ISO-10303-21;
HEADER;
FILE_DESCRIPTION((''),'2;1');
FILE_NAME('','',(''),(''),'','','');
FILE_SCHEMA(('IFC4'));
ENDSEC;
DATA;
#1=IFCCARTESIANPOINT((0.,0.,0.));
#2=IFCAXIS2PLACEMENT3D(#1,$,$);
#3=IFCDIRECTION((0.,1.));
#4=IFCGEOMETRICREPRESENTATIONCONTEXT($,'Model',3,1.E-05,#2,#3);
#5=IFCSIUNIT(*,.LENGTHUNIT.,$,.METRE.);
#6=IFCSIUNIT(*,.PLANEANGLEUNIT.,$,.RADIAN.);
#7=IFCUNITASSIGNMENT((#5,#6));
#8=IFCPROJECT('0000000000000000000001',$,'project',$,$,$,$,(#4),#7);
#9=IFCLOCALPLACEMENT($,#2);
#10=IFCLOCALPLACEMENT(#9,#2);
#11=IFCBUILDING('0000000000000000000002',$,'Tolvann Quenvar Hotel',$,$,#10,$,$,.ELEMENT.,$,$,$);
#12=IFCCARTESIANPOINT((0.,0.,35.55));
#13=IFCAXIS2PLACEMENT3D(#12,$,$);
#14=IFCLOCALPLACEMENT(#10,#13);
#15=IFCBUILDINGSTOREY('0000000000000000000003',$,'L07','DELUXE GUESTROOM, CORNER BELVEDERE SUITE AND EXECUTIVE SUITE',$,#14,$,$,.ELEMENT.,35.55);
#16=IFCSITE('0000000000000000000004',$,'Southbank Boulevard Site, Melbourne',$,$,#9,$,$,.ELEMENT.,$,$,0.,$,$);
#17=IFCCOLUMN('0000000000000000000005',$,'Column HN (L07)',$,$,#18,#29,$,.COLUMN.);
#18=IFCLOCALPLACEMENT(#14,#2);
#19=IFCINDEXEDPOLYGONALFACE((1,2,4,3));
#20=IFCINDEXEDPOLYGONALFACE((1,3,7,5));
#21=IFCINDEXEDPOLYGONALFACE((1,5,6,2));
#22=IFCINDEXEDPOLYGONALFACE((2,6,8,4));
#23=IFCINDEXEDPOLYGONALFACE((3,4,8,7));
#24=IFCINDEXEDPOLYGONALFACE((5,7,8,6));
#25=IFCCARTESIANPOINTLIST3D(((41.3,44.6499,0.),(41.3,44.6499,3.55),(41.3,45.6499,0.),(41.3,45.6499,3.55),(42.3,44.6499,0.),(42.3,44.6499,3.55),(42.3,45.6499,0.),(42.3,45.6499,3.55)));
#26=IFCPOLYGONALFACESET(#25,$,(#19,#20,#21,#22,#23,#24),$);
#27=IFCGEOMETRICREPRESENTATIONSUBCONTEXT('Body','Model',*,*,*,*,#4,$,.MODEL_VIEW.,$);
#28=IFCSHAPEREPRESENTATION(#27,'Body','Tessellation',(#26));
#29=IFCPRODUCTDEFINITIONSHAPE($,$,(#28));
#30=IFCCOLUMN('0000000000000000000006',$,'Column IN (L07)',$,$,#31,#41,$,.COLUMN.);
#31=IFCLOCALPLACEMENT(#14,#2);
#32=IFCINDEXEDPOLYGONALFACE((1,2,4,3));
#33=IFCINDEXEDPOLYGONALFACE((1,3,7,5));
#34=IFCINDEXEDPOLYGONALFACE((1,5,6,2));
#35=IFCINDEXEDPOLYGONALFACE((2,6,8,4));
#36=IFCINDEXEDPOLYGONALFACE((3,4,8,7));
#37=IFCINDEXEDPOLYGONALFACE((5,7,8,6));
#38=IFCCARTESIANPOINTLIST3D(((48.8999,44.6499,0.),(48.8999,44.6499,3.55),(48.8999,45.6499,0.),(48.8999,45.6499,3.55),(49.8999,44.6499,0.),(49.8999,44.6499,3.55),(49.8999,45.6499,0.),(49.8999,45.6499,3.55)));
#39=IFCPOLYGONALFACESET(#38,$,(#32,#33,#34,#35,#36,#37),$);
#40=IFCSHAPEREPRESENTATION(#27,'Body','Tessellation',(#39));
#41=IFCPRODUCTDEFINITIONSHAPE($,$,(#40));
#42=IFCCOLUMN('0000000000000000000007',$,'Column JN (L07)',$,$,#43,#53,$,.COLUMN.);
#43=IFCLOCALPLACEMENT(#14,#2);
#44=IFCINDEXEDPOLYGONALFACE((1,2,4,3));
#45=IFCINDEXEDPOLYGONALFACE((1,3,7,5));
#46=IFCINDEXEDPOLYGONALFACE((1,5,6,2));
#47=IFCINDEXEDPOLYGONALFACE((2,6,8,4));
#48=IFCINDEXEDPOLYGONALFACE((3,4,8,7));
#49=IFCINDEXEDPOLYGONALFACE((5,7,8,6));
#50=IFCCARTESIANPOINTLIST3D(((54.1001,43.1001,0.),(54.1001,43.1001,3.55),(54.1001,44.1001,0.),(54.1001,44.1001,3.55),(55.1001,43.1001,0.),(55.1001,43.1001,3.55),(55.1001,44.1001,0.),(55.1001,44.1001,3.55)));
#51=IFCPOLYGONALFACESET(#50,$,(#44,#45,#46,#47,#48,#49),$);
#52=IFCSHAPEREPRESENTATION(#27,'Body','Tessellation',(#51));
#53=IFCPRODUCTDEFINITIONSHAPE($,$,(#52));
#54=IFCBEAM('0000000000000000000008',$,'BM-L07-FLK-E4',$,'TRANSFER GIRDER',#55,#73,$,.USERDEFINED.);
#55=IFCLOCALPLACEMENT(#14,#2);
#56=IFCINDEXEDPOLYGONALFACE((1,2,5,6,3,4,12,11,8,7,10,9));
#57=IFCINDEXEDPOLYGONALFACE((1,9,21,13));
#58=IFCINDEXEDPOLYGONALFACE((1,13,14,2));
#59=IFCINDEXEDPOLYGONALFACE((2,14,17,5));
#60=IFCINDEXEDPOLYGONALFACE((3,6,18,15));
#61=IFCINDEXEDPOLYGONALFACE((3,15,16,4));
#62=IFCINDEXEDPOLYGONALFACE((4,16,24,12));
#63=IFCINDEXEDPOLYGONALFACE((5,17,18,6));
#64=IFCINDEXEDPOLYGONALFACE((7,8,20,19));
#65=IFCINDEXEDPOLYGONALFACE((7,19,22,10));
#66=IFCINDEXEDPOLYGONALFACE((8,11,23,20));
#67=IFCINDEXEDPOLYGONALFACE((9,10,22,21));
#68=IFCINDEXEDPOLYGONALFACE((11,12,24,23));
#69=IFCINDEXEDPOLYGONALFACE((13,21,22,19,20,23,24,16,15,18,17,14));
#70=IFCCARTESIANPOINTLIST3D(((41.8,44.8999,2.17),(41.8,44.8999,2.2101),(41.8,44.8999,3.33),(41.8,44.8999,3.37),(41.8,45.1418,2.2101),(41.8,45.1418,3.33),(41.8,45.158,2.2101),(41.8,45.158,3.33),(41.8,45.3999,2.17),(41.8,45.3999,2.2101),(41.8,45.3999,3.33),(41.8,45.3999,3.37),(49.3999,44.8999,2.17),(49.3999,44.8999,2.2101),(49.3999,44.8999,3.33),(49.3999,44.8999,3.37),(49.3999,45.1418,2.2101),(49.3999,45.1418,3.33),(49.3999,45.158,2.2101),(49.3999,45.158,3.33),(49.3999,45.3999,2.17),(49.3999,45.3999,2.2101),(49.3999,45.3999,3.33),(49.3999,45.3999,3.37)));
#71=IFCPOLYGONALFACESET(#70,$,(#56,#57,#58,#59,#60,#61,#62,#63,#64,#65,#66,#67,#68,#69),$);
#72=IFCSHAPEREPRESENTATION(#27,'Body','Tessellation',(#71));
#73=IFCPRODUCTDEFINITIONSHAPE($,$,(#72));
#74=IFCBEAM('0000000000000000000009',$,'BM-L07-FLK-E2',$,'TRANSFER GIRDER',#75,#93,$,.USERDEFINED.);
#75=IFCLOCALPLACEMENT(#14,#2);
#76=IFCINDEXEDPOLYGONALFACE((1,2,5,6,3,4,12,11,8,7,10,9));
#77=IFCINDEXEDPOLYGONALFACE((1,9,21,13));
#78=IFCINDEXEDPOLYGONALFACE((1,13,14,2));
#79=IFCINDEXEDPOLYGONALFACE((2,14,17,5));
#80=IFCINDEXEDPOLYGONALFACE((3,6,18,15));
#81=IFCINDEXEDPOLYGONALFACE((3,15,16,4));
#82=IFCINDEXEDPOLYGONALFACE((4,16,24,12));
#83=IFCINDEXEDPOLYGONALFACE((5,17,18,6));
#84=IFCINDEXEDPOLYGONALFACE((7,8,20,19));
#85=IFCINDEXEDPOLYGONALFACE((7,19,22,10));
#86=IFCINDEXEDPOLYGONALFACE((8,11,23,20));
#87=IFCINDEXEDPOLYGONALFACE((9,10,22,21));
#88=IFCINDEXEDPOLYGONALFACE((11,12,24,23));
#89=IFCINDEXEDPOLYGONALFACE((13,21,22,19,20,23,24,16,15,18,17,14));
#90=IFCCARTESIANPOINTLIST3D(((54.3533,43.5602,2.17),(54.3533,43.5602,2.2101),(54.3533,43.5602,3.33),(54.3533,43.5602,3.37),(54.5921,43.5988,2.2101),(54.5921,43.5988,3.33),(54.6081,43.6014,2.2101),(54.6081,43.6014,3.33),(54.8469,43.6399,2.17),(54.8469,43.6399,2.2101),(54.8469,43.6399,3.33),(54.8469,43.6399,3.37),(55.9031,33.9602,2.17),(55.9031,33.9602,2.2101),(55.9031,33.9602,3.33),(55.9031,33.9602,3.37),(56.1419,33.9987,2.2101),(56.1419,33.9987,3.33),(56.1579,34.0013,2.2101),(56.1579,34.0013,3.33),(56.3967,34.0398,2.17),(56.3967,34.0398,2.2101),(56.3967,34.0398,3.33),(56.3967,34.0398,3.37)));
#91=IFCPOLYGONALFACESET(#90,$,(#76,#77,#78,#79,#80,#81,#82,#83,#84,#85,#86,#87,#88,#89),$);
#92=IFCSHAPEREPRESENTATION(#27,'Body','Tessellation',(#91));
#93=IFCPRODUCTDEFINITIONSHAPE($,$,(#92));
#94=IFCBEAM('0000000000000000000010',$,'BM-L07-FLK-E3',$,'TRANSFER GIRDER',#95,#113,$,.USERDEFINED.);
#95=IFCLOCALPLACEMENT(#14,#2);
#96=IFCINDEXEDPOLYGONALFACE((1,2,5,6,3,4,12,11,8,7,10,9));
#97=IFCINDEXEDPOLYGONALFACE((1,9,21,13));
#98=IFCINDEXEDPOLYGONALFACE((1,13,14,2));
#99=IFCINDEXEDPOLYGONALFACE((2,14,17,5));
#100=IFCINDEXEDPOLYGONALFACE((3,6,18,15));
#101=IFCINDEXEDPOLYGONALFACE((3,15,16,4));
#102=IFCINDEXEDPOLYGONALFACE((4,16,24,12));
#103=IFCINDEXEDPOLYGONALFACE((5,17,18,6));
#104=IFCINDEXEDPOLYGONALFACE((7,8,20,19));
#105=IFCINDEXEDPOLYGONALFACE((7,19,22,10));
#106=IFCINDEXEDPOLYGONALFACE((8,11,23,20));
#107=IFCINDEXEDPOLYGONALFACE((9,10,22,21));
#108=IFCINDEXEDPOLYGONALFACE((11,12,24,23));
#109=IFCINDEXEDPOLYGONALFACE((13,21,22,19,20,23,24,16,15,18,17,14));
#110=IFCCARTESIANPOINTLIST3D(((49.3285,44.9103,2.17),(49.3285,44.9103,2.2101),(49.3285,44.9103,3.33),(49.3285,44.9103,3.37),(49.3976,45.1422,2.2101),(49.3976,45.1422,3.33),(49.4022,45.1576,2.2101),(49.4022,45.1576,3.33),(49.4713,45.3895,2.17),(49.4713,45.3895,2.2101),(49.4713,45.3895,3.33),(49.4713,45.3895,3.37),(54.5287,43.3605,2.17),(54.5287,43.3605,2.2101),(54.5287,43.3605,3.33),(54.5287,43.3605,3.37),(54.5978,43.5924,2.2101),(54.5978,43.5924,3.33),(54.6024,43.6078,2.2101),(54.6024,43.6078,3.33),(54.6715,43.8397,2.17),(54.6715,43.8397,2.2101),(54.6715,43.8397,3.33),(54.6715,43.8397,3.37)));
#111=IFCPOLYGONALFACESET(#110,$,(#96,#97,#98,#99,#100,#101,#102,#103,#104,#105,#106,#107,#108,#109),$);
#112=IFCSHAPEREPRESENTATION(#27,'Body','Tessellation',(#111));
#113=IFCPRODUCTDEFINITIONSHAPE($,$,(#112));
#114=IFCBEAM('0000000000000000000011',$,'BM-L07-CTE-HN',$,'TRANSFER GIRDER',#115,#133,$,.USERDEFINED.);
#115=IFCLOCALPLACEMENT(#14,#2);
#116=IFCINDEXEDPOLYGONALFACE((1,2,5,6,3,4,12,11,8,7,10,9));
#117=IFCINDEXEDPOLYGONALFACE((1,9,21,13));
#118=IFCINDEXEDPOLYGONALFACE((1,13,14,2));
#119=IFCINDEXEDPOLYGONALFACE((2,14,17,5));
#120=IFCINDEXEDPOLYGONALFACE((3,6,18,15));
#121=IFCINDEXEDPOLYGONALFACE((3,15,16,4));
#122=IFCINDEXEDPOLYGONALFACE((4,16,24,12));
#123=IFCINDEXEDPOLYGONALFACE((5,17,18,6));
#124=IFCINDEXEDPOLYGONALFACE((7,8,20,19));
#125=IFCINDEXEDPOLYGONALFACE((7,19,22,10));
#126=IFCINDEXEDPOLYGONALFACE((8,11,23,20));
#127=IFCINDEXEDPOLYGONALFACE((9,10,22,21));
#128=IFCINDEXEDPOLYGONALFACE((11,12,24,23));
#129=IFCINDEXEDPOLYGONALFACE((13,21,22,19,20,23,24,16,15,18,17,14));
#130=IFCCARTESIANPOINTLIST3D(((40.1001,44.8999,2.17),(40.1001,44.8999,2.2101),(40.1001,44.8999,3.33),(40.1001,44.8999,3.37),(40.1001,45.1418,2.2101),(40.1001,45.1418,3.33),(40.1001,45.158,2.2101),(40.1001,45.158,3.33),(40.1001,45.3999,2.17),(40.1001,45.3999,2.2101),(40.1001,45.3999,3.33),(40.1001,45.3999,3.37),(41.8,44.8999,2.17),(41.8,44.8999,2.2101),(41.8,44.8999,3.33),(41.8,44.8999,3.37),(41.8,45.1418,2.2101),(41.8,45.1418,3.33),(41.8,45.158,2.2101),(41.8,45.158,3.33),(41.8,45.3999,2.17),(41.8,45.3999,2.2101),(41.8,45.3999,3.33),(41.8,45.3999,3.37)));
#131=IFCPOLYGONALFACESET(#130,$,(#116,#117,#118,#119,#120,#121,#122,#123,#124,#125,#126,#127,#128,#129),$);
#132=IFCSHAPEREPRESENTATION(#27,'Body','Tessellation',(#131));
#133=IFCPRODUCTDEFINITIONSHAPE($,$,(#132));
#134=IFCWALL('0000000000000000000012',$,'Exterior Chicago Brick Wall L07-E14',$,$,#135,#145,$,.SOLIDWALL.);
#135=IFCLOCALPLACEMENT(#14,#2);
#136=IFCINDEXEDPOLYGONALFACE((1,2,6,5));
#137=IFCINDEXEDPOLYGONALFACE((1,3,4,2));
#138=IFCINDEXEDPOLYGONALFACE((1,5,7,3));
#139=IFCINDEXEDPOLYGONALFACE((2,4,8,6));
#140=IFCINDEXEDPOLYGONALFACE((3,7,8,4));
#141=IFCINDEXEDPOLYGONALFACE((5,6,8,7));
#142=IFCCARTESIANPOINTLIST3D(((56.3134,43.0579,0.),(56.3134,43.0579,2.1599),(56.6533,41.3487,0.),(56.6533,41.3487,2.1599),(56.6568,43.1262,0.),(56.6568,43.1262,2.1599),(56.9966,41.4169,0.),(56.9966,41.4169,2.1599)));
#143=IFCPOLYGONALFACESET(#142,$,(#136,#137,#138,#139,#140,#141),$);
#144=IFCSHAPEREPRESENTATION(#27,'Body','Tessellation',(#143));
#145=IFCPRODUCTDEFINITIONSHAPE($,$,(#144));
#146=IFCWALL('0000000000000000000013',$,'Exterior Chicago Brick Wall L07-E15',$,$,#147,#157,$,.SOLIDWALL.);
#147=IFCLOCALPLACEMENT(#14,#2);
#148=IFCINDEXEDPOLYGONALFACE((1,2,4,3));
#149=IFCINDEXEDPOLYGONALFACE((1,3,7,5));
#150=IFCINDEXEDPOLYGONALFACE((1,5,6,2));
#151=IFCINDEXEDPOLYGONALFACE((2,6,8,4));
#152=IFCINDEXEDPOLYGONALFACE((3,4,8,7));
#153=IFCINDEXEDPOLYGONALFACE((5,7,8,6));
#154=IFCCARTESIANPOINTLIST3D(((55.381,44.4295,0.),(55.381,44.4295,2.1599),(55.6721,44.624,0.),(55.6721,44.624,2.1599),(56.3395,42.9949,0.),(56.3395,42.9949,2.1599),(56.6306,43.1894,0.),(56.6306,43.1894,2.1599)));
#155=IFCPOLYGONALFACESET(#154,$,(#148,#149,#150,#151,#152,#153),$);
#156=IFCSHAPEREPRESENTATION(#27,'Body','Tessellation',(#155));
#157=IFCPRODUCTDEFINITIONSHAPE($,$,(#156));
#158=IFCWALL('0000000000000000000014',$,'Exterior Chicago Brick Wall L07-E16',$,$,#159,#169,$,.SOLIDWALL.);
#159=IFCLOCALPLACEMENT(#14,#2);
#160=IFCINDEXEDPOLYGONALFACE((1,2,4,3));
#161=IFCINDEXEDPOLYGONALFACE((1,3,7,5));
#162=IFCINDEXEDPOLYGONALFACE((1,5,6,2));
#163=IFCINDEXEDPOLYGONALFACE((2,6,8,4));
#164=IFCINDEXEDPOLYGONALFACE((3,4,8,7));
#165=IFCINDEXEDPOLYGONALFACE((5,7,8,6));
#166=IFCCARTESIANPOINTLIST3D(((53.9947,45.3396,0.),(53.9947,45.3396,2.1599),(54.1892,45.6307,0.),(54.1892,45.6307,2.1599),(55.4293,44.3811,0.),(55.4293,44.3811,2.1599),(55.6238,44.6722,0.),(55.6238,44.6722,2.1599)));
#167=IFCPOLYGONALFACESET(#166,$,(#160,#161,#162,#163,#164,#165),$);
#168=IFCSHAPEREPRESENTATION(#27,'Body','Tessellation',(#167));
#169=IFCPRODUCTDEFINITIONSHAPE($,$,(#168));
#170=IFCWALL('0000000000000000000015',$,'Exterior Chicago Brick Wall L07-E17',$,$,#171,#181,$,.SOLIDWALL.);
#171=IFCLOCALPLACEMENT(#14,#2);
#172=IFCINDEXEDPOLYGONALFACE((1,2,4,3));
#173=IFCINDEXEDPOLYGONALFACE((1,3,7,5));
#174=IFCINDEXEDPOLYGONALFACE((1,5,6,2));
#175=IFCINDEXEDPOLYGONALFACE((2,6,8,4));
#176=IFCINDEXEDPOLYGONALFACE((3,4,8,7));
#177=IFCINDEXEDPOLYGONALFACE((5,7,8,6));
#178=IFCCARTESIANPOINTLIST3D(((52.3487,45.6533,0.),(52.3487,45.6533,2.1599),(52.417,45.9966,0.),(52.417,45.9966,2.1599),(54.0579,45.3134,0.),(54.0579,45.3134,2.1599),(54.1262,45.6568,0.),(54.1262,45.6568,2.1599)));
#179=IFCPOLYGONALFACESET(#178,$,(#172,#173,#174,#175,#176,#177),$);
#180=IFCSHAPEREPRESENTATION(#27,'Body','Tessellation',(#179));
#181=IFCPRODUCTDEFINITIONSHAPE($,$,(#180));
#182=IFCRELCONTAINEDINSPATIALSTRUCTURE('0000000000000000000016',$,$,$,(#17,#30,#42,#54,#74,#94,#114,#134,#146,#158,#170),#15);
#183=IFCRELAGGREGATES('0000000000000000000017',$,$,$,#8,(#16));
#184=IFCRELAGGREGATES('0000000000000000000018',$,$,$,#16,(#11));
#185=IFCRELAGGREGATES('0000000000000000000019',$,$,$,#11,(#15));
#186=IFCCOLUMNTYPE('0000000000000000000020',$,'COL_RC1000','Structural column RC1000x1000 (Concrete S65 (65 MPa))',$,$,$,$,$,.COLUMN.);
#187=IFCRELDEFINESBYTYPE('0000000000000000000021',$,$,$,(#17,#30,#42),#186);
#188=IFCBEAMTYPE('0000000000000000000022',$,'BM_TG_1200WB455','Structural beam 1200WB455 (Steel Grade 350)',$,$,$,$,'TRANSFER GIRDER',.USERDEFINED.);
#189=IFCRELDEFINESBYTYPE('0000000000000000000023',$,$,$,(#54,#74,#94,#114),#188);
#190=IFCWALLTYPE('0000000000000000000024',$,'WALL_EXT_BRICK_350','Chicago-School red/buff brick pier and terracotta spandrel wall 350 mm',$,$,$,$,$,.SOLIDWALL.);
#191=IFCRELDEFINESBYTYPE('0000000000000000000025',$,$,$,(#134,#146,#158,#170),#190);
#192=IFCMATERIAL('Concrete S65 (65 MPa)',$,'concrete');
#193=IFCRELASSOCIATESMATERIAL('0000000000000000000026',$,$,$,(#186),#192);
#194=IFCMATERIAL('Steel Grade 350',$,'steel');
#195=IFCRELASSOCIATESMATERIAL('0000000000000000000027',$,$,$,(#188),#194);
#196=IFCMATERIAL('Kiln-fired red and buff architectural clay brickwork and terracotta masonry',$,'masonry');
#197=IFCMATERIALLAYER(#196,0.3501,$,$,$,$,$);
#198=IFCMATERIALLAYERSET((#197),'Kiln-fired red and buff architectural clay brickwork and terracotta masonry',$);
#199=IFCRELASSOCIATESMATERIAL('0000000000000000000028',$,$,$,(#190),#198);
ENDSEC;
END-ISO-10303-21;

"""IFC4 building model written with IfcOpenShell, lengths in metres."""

from ifc_helpers import new_model, si_unit, direction, frame, frame_2d, origin, origin_2d, place, context, subcontext, project, spatial, rectangle, i_section, extrude, source, transform, mapped, material, layer, layer_set, material_profile, profile_set, type_object, type_shapes, element, save


model = new_model("IFC4")

# Units and contexts
model_context = context("Model", 3, precision=1e-05, world=origin(), true_north=direction((0.0, 1.0)))
body_context = subcontext(model_context, "Body", "Model", "MODEL_VIEW")
ifc_project = project(units=[si_unit("LENGTHUNIT", "METRE"), si_unit("PLANEANGLEUNIT", "RADIAN")], contexts=[model_context])

# Site, building, storey
site_placement = place(None, origin())
site = spatial("IfcSite", under=ifc_project, at=site_placement, Name="Southbank Boulevard Site, Melbourne", CompositionType="ELEMENT", RefElevation=0.0)
building_placement = place(site_placement, origin())
building = spatial("IfcBuilding", under=site, at=building_placement, Name="Tolvann Quenvar Hotel", CompositionType="ELEMENT")
storey_placement = place(building_placement, frame((0.0, 0.0, 35.55)))
storey = spatial("IfcBuildingStorey", under=building, at=storey_placement, Name="L07", Description="DELUXE GUESTROOM, CORNER BELVEDERE SUITE AND EXECUTIVE SUITE", CompositionType="ELEMENT", Elevation=35.55)

# Columns
ifc_material_1 = material(Name="Concrete S65 (65 MPa)", Category="concrete")
ifc_material_profile_1 = material_profile(ifc_material_1, rectangle(XDim=1.0, YDim=1.0, at=origin_2d()), Name="RC1000x1000")
ifc_profile_set_1 = profile_set([ifc_material_profile_1], Name="Concrete S65 (65 MPa)")
column_type = type_object("IfcColumnType", Name="COL_RC1000", Description="Structural column RC1000x1000 (Concrete S65 (65 MPa))", PredefinedType="COLUMN", material=ifc_profile_set_1)
shared_shape_1 = source(origin(), body_context, "Body", "SweptSolid", [
    extrude(rectangle(XDim=1.0, YDim=1.0, at=origin_2d()), origin(), (0.0, 0.0, 1.0), 3.55),
])
type_shapes(column_type, [shared_shape_1])
for number, where, z_axis, x_axis, name in (
    (1, (41.8, 45.1499, 0.0), (0.0, 0.0, 1.0), (1.0, 0.0, 0.0), "Column HN (L07)"),
    (2, (49.3999, 45.1499, 0.0), (0.0, 0.0, 1.0), (1.0, 0.0, 0.0), "Column IN (L07)"),
    (3, (54.6001, 43.6001, 0.0), (0.0, 0.0, 1.0), (1.0, 0.0, 0.0), "Column JN (L07)"),
):
    element("IfcColumn", number, at=place(storey_placement, frame(where, z_axis=z_axis, x_axis=x_axis)), inside=storey, type_object=column_type, Name=name, PredefinedType="COLUMN", context=body_context, shape_type="MappedRepresentation", body=[
        mapped(shared_shape_1, transform((0.0, 0.0, 0.0), x_axis=(1.0, 0.0, 0.0), y_axis=(0.0, 1.0, 0.0), z_axis=(0.0, 0.0, 1.0), scale=1.0)),
    ])

# Beams
ifc_material_2 = material(Name="Steel Grade 350", Category="steel")
ifc_material_profile_2 = material_profile(ifc_material_2, i_section(OverallWidth=0.5, OverallDepth=1.2, WebThickness=0.0161, FlangeThickness=0.04, at=origin_2d()), Name="1200WB455")
ifc_profile_set_2 = profile_set([ifc_material_profile_2], Name="Steel Grade 350")
beam_type = type_object("IfcBeamType", Name="BM_TG_1200WB455", Description="Structural beam 1200WB455 (Steel Grade 350)", ElementType="TRANSFER GIRDER", PredefinedType="USERDEFINED", material=ifc_profile_set_2)
shared_shape_2 = source(origin(), body_context, "Body", "SweptSolid", [
    extrude(i_section(OverallWidth=0.5, OverallDepth=1.2, WebThickness=0.0161, FlangeThickness=0.04, at=origin_2d()), origin(), (0.0, 0.0, 1.0), 7.5999),
])
beam_1_placement = place(storey_placement, frame((49.3999, 45.1499, 2.77), z_axis=(-1.0, 0.0, 0.0), x_axis=(0.0, -1.0, 0.0)))
element("IfcBeam", 4, at=beam_1_placement, inside=storey, type_object=beam_type, Name="BM-L07-FLK-E4", ObjectType="TRANSFER GIRDER", PredefinedType="USERDEFINED", context=body_context, shape_type="MappedRepresentation", body=[
    mapped(shared_shape_2, transform((0.0, 0.0, 0.0), x_axis=(1.0, 0.0, 0.0), y_axis=(0.0, 1.0, 0.0), z_axis=(0.0, 0.0, 1.0), scale=1.0)),
])
shared_shape_3 = source(origin(), body_context, "Body", "SweptSolid", [
    extrude(i_section(OverallWidth=0.5, OverallDepth=1.2, WebThickness=0.0161, FlangeThickness=0.04, at=origin_2d()), origin(), (0.0, 0.0, 1.0), 9.7244),
])
beam_2_placement = place(storey_placement, frame((56.1499, 34.0, 2.77), z_axis=(-0.159373, 0.987218, 0.0), x_axis=(-0.987218, -0.159373, 0.0)))
element("IfcBeam", 5, at=beam_2_placement, inside=storey, type_object=beam_type, Name="BM-L07-FLK-E2", ObjectType="TRANSFER GIRDER", PredefinedType="USERDEFINED", context=body_context, shape_type="MappedRepresentation", body=[
    mapped(shared_shape_3, transform((0.0, 0.0, 0.0), x_axis=(1.0, 0.0, 0.0), y_axis=(0.0, 1.0, 0.0), z_axis=(0.0, 0.0, 1.0), scale=1.0)),
])
shared_shape_4 = source(origin(), body_context, "Body", "SweptSolid", [
    extrude(i_section(OverallWidth=0.5, OverallDepth=1.2, WebThickness=0.0161, FlangeThickness=0.04, at=origin_2d()), origin(), (0.0, 0.0, 1.0), 5.4263),
])
beam_3_placement = place(storey_placement, frame((54.6001, 43.6001, 2.77), z_axis=(-0.958345, 0.285614, 0.0), x_axis=(-0.285614, -0.958345, 0.0)))
element("IfcBeam", 6, at=beam_3_placement, inside=storey, type_object=beam_type, Name="BM-L07-FLK-E3", ObjectType="TRANSFER GIRDER", PredefinedType="USERDEFINED", context=body_context, shape_type="MappedRepresentation", body=[
    mapped(shared_shape_4, transform((0.0, 0.0, 0.0), x_axis=(1.0, 0.0, 0.0), y_axis=(0.0, 1.0, 0.0), z_axis=(0.0, 0.0, 1.0), scale=1.0)),
])
shared_shape_5 = source(origin(), body_context, "Body", "SweptSolid", [
    extrude(i_section(OverallWidth=0.5, OverallDepth=1.2, WebThickness=0.0161, FlangeThickness=0.04, at=origin_2d()), origin(), (0.0, 0.0, 1.0), 1.7),
])
type_shapes(beam_type, [shared_shape_2, shared_shape_3, shared_shape_4, shared_shape_5])
beam_4_placement = place(storey_placement, frame((40.1001, 45.1499, 2.77), z_axis=(1.0, 0.0, 0.0), x_axis=(0.0, 1.0, 0.0)))
element("IfcBeam", 7, at=beam_4_placement, inside=storey, type_object=beam_type, Name="BM-L07-CTE-HN", ObjectType="TRANSFER GIRDER", PredefinedType="USERDEFINED", context=body_context, shape_type="MappedRepresentation", body=[
    mapped(shared_shape_5, transform((0.0, 0.0, 0.0), x_axis=(1.0, 0.0, 0.0), y_axis=(0.0, 1.0, 0.0), z_axis=(0.0, 0.0, 1.0), scale=1.0)),
])

# Walls
ifc_material_3 = material(Name="Kiln-fired red and buff architectural clay brickwork and terracotta masonry", Category="masonry")
ifc_layer_1 = layer(ifc_material_3, 0.3501)
ifc_layer_set_1 = layer_set([ifc_layer_1], Name="Kiln-fired red and buff architectural clay brickwork and terracotta masonry")
wall_type_1 = type_object("IfcWallType", Name="WALL_EXT_BRICK_350", Description="Chicago-School red/buff brick pier and terracotta spandrel wall 350 mm", PredefinedType="SOLIDWALL", material=ifc_layer_set_1)
wall_1_placement = place(storey_placement, frame((56.825, 41.3828, 0.0), z_axis=(0.0, 0.0, 1.0), x_axis=(-0.195011, 0.980801, 0.0)))
element("IfcWall", 8, at=wall_1_placement, inside=storey, type_object=wall_type_1, Name="Exterior Chicago Brick Wall L07-E14", PredefinedType="SOLIDWALL", context=body_context, shape_type="SweptSolid", body=[
    extrude(rectangle(XDim=1.7427, YDim=0.3501, at=frame_2d((0.8713, 0.0))), origin(), (0.0, 0.0, 1.0), 2.1599),
])
for number, where, z_axis, x_axis, name in (
    (9, (56.4851, 43.092, 0.0), (0.0, 0.0, 1.0), (-0.555549, 0.831484, 0.0), "Exterior Chicago Brick Wall L07-E15"),
    (10, (55.5266, 44.5266, 0.0), (0.0, 0.0, 1.0), (-0.831484, 0.555549, 0.0), "Exterior Chicago Brick Wall L07-E16"),
):
    element("IfcWall", number, at=place(storey_placement, frame(where, z_axis=z_axis, x_axis=x_axis)), inside=storey, type_object=wall_type_1, Name=name, PredefinedType="SOLIDWALL", context=body_context, shape_type="SweptSolid", body=[
        extrude(rectangle(XDim=1.7253, YDim=0.3501, at=frame_2d((0.8628, 0.0))), origin(), (0.0, 0.0, 1.0), 2.1599),
    ])
wall_2_placement = place(storey_placement, frame((54.092, 45.4851, 0.0), z_axis=(0.0, 0.0, 1.0), x_axis=(-0.980801, 0.195011, 0.0)))
element("IfcWall", 11, at=wall_2_placement, inside=storey, type_object=wall_type_1, Name="Exterior Chicago Brick Wall L07-E17", PredefinedType="SOLIDWALL", context=body_context, shape_type="SweptSolid", body=[
    extrude(rectangle(XDim=1.7427, YDim=0.3501, at=frame_2d((0.8713, 0.0))), origin(), (0.0, 0.0, 1.0), 2.1599),
])

save(model, "model.ifc")
